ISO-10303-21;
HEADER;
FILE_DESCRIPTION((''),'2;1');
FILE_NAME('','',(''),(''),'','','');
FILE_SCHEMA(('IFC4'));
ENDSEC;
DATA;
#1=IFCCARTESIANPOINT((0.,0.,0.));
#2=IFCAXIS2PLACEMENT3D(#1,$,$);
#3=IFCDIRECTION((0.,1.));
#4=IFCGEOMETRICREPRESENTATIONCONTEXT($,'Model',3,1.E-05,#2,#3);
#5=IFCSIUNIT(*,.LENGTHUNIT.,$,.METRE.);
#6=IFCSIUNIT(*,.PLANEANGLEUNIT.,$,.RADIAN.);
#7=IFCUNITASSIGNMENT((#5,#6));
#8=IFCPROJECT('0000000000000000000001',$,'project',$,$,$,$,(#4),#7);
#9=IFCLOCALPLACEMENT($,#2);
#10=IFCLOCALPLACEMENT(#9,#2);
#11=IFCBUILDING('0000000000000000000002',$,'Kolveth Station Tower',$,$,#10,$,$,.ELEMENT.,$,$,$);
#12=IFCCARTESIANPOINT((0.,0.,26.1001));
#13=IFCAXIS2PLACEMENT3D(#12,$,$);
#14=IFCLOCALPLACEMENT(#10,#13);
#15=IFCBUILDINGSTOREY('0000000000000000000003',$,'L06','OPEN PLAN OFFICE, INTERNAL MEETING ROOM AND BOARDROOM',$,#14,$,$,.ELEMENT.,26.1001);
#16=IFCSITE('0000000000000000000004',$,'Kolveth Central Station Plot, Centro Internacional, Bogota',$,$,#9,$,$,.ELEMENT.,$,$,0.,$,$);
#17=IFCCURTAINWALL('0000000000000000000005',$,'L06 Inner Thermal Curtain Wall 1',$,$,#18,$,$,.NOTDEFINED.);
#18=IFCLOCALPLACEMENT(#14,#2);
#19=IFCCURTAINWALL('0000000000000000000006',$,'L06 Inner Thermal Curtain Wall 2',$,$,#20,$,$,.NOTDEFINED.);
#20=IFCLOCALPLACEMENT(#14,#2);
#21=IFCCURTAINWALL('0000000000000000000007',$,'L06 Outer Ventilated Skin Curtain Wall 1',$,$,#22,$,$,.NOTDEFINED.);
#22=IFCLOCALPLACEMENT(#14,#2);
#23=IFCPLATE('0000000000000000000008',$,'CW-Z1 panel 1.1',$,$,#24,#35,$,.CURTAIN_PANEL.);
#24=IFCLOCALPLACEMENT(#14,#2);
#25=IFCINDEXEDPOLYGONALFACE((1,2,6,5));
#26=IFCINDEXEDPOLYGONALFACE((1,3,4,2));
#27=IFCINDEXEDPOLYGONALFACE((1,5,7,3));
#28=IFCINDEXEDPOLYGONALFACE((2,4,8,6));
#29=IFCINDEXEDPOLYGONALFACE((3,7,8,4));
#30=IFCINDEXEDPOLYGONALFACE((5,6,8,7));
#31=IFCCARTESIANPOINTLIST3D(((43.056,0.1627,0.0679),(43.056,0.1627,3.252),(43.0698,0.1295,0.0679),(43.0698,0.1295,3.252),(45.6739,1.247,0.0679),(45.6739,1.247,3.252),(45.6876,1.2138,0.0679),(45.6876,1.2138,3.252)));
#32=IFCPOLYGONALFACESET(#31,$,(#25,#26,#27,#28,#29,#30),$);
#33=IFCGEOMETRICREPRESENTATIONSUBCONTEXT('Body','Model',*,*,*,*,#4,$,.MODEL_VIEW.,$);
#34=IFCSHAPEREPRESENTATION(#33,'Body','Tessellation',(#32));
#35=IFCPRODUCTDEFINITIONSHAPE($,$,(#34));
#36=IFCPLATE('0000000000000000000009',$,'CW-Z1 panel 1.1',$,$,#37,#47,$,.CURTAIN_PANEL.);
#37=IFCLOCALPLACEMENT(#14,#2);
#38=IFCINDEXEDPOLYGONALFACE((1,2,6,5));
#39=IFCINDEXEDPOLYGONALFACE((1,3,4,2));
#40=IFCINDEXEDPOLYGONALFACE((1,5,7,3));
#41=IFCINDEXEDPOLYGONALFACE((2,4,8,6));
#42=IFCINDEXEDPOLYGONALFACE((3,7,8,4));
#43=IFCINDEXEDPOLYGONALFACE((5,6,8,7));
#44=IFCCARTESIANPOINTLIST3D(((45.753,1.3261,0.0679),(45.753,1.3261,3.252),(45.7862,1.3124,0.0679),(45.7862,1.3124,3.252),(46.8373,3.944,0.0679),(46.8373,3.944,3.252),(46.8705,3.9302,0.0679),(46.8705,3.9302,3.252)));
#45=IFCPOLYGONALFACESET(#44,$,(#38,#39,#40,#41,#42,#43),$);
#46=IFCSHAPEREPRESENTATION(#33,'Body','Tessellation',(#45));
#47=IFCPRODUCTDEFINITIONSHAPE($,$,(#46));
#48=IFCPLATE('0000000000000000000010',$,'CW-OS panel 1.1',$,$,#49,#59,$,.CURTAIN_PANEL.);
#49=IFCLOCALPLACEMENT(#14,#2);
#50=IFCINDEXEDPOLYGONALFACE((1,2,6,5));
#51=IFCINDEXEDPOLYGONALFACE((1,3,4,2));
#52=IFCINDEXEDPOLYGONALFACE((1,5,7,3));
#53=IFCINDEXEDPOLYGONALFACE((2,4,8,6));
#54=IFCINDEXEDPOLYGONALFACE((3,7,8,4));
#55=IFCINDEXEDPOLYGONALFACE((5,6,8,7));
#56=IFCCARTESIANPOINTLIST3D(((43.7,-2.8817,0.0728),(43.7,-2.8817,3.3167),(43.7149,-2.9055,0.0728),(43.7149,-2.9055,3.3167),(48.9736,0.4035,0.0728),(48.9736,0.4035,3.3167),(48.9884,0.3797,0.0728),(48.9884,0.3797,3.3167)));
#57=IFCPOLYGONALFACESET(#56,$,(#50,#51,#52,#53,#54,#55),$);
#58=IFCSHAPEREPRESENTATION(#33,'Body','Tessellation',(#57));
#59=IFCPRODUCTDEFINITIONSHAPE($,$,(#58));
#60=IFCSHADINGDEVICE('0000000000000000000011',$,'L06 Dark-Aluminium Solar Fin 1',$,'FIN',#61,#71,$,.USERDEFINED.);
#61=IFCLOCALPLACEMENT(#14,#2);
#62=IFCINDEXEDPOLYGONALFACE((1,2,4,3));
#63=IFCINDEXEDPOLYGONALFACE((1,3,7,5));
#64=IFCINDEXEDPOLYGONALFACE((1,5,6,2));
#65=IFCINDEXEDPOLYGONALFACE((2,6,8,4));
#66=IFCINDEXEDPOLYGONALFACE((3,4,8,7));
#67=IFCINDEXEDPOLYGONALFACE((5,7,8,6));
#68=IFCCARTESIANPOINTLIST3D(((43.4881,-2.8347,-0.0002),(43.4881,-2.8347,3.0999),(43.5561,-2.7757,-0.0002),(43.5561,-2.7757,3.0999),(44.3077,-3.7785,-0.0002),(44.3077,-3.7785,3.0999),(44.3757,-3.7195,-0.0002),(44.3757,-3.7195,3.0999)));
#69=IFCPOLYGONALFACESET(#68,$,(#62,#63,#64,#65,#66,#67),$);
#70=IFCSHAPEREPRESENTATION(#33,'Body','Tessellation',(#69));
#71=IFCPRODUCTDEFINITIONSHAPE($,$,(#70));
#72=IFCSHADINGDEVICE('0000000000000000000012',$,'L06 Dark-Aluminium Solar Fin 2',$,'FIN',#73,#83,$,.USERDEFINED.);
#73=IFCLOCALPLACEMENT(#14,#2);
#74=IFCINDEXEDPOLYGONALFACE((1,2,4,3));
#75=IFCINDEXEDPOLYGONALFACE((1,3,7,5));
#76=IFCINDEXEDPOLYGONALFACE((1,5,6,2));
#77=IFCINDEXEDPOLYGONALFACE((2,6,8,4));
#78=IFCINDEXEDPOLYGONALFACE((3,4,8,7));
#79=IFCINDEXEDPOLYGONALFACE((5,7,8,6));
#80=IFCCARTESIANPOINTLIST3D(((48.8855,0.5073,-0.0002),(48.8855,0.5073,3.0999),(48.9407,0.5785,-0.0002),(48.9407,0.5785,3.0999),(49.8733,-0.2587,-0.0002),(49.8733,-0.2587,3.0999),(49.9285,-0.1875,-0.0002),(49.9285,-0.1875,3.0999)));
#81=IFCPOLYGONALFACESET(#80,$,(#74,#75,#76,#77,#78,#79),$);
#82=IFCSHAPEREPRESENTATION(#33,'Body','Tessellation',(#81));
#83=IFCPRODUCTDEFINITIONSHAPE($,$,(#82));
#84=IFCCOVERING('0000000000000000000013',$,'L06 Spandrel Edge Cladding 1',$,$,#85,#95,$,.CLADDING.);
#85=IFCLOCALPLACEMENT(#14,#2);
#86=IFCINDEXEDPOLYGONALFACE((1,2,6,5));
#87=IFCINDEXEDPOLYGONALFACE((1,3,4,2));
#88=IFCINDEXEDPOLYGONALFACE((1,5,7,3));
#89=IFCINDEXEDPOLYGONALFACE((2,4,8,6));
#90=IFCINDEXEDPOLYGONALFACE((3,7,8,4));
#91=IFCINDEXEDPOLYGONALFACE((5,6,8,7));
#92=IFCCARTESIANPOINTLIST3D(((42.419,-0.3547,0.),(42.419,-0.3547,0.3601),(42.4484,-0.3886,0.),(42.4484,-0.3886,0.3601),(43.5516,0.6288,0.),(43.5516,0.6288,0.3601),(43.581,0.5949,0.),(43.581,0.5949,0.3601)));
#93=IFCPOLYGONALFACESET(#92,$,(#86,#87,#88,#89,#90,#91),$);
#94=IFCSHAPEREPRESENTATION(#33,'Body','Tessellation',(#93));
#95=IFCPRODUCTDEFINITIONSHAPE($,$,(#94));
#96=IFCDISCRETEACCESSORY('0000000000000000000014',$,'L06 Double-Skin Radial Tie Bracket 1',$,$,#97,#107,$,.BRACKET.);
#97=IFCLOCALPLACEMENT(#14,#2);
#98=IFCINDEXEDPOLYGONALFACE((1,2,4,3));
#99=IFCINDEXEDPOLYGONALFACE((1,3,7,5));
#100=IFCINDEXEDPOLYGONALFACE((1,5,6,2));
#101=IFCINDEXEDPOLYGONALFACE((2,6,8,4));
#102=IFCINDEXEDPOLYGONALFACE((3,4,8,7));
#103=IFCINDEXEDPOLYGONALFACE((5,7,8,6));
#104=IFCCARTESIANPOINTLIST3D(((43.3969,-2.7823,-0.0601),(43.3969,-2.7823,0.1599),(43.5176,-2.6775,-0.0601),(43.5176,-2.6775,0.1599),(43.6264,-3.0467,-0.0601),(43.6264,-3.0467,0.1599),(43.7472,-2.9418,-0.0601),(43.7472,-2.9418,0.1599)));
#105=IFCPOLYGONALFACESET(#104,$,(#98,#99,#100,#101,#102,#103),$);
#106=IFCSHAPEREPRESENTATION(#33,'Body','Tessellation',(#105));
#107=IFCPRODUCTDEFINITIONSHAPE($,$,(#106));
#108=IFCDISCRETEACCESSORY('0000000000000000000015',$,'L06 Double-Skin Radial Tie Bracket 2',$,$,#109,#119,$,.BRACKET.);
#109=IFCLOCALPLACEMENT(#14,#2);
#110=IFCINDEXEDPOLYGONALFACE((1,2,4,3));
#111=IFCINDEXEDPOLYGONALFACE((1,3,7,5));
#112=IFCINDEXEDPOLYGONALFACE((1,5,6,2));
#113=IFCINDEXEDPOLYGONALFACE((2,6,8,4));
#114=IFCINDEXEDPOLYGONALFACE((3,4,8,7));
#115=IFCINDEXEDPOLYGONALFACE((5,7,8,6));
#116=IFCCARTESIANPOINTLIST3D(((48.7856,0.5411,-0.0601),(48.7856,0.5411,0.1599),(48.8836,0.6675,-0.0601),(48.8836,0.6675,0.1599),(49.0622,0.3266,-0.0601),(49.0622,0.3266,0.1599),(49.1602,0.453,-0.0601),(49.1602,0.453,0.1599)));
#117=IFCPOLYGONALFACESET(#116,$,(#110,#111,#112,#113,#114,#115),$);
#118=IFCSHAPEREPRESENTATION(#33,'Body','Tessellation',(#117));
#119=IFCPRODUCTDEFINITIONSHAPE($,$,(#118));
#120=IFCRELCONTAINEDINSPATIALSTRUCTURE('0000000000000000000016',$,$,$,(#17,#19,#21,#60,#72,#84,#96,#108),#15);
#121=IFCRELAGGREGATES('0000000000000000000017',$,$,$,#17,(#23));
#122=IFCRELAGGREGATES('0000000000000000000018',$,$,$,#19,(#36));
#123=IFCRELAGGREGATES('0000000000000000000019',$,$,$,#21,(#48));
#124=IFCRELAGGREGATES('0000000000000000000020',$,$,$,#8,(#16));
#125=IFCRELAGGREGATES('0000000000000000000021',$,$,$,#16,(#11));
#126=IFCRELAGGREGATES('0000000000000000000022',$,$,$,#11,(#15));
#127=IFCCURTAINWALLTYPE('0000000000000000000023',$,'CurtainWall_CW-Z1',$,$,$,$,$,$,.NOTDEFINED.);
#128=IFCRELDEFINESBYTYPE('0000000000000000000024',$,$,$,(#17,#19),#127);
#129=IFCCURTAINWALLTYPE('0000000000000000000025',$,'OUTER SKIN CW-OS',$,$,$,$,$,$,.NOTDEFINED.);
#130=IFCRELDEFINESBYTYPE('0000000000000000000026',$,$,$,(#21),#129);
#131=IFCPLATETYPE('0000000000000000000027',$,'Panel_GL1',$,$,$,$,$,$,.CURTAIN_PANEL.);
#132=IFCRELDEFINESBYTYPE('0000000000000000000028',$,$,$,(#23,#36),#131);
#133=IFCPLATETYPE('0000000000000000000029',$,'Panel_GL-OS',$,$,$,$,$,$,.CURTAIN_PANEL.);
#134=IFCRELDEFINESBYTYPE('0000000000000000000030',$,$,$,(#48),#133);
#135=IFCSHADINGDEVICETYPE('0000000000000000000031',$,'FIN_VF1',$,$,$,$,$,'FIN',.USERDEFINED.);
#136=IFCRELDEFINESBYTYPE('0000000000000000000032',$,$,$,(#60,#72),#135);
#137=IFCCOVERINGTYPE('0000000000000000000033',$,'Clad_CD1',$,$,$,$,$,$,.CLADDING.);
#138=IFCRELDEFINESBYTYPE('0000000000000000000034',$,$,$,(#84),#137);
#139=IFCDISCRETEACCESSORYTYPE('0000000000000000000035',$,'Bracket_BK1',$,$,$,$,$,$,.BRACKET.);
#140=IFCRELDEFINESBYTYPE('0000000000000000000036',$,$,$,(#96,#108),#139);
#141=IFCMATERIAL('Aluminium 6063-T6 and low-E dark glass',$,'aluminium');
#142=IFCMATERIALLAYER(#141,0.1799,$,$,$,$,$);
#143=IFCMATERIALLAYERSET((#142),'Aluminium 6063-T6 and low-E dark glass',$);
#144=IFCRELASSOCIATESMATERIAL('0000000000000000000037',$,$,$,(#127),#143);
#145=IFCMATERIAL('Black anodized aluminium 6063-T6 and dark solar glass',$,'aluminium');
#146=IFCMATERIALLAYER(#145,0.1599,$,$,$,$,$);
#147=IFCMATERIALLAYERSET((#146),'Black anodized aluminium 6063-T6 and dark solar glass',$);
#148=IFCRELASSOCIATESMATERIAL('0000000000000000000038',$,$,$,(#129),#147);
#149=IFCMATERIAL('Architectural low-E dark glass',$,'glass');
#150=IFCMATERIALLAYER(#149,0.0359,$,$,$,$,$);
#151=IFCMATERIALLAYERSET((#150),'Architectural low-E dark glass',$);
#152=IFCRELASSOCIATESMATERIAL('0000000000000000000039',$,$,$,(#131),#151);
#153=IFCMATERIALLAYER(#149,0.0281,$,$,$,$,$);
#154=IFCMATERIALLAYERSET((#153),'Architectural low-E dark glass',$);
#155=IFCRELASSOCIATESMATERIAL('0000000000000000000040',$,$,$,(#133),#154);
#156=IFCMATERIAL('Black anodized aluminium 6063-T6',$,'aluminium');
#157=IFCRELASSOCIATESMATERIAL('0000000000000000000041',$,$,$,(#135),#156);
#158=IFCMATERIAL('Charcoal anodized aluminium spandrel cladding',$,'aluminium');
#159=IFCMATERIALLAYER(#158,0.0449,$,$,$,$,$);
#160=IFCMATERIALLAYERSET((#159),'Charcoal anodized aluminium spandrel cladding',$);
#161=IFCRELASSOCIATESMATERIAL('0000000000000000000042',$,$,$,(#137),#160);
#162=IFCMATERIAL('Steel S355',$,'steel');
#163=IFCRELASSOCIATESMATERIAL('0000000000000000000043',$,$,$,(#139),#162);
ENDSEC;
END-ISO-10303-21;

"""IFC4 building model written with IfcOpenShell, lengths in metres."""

from ifc_helpers import new_model, si_unit, direction, frame, origin, origin_2d, place, context, subcontext, project, spatial, rectangle, extrude, source, transform, mapped, material, layer, layer_set, type_object, element, aggregate, save


model = new_model("IFC4")

# Units and contexts
model_context = context("Model", 3, precision=1e-05, world=origin(), true_north=direction((0.0, 1.0)))
body_context = subcontext(model_context, "Body", "Model", "MODEL_VIEW")
ifc_project = project(units=[si_unit("LENGTHUNIT", "METRE"), si_unit("PLANEANGLEUNIT", "RADIAN")], contexts=[model_context])

# Site, building, storey
site_placement = place(None, origin())
site = spatial("IfcSite", under=ifc_project, at=site_placement, Name="Kolveth Central Station Plot, Centro Internacional, Bogota", CompositionType="ELEMENT", RefElevation=0.0)
building_placement = place(site_placement, origin())
building = spatial("IfcBuilding", under=site, at=building_placement, Name="Kolveth Station Tower", CompositionType="ELEMENT")
storey_placement = place(building_placement, frame((0.0, 0.0, 26.1001)))
storey = spatial("IfcBuildingStorey", under=building, at=storey_placement, Name="L06", Description="OPEN PLAN OFFICE, INTERNAL MEETING ROOM AND BOARDROOM", CompositionType="ELEMENT", Elevation=26.1001)

# Shared definitions
ifc_material_1 = material(Name="Steel S355", Category="steel")

# Curtain walls
ifc_material_2 = material(Name="Aluminium 6063-T6 and low-E dark glass", Category="aluminium")
ifc_layer_1 = layer(ifc_material_2, 0.1799)
ifc_layer_set_1 = layer_set([ifc_layer_1], Name="Aluminium 6063-T6 and low-E dark glass")
curtain_wall_type_1 = type_object("IfcCurtainWallType", Name="CurtainWall_CW-Z1", PredefinedType="NOTDEFINED", material=ifc_layer_set_1)
curtain_wall_1_placement = place(storey_placement, origin())
curtain_wall_1 = element("IfcCurtainWall", 1, at=curtain_wall_1_placement, inside=storey, type_object=curtain_wall_type_1, Name="L06 Inner Thermal Curtain Wall 1", PredefinedType="NOTDEFINED")
ifc_material_3 = material(Name="Black anodized aluminium 6063-T6", Category="aluminium")
curtain_wall_2_placement = place(storey_placement, origin())
curtain_wall_2 = element("IfcCurtainWall", 2, at=curtain_wall_2_placement, inside=storey, type_object=curtain_wall_type_1, Name="L06 Inner Thermal Curtain Wall 2", PredefinedType="NOTDEFINED")
ifc_material_4 = material(Name="Black anodized aluminium 6063-T6 and dark solar glass", Category="aluminium")
ifc_layer_2 = layer(ifc_material_4, 0.1599)
ifc_layer_set_2 = layer_set([ifc_layer_2], Name="Black anodized aluminium 6063-T6 and dark solar glass")
curtain_wall_type_2 = type_object("IfcCurtainWallType", Name="OUTER SKIN CW-OS", PredefinedType="NOTDEFINED", material=ifc_layer_set_2)
curtain_wall_3_placement = place(storey_placement, origin())
curtain_wall_3 = element("IfcCurtainWall", 3, at=curtain_wall_3_placement, inside=storey, type_object=curtain_wall_type_2, Name="L06 Outer Ventilated Skin Curtain Wall 1", PredefinedType="NOTDEFINED")

# Plates
ifc_material_5 = material(Name="Architectural low-E dark glass", Category="glass")
ifc_layer_3 = layer(ifc_material_5, 0.0359)
ifc_layer_set_3 = layer_set([ifc_layer_3], Name="Architectural low-E dark glass")
plate_type_1 = type_object("IfcPlateType", Name="Panel_GL1", PredefinedType="CURTAIN_PANEL", material=ifc_layer_set_3)
shared_shape_1 = source(origin(), body_context, "Body", "SweptSolid", [
    extrude(rectangle(XDim=2.8335, YDim=0.0359, at=origin_2d()), origin(), (0.0, 0.0, 1.0), 3.1841),
])
plate_1_placement = place(storey_placement, frame((44.3718, 0.6882, 0.0679), z_axis=(0.0, 0.0, 1.0), x_axis=(0.923884, 0.382673, 0.0)))
plate_1 = element("IfcPlate", 4, at=plate_1_placement, type_object=plate_type_1, Name="CW-Z1 panel 1.1", PredefinedType="CURTAIN_PANEL", context=body_context, shape_type="MappedRepresentation", body=[
    mapped(shared_shape_1, transform((0.0, 0.0, 0.0), x_axis=(1.0, 0.0, 0.0), y_axis=(0.0, 1.0, 0.0), z_axis=(0.0, 0.0, 1.0), scale=1.0)),
])
aggregate(curtain_wall_1, [plate_1])
plate_2_placement = place(storey_placement, frame((46.3118, 2.6282, 0.0679), z_axis=(0.0, 0.0, 1.0), x_axis=(0.382673, 0.923884, 0.0)))
plate_2 = element("IfcPlate", 5, at=plate_2_placement, type_object=plate_type_1, Name="CW-Z1 panel 1.1", PredefinedType="CURTAIN_PANEL", context=body_context, shape_type="MappedRepresentation", body=[
    mapped(shared_shape_1, transform((0.0, 0.0, 0.0), x_axis=(1.0, 0.0, 0.0), y_axis=(0.0, 1.0, 0.0), z_axis=(0.0, 0.0, 1.0), scale=1.0)),
])
aggregate(curtain_wall_2, [plate_2])
ifc_layer_4 = layer(ifc_material_5, 0.0281)
ifc_layer_set_4 = layer_set([ifc_layer_4], Name="Architectural low-E dark glass")
plate_type_2 = type_object("IfcPlateType", Name="Panel_GL-OS", PredefinedType="CURTAIN_PANEL", material=ifc_layer_set_4)
shared_shape_2 = source(origin(), body_context, "Body", "SweptSolid", [
    extrude(rectangle(XDim=6.2131, YDim=0.0281, at=origin_2d()), origin(), (0.0, 0.0, 1.0), 3.2439),
])
plate_3_placement = place(storey_placement, frame((46.3442, -1.251, 0.0728), z_axis=(0.0, 0.0, 1.0), x_axis=(0.848777, 0.528751, 0.0)))
plate_3 = element("IfcPlate", 6, at=plate_3_placement, type_object=plate_type_2, Name="CW-OS panel 1.1", PredefinedType="CURTAIN_PANEL", context=body_context, shape_type="MappedRepresentation", body=[
    mapped(shared_shape_2, transform((0.0, 0.0, 0.0), x_axis=(1.0, 0.0, 0.0), y_axis=(0.0, 1.0, 0.0), z_axis=(0.0, 0.0, 1.0), scale=1.0)),
])
aggregate(curtain_wall_3, [plate_3])

# Shading devices
shading_device_type = type_object("IfcShadingDeviceType", Name="FIN_VF1", ElementType="FIN", PredefinedType="USERDEFINED", material=ifc_material_3)
shared_shape_3 = source(origin(), body_context, "Body", "SweptSolid", [
    extrude(rectangle(XDim=1.25, YDim=0.0901, at=origin_2d()), origin(), (0.0, 0.0, 1.0), 3.1001),
])
for number, where, z_axis, x_axis, name in (
    (7, (43.9319, -3.2771, -0.0002), (0.0, 0.0, 1.0), (0.655664, -0.755053, 0.0), "L06 Dark-Aluminium Solar Fin 1"),
    (8, (49.407, 0.1599, -0.0002), (0.0, 0.0, 1.0), (0.790262, -0.612769, 0.0), "L06 Dark-Aluminium Solar Fin 2"),
):
    element("IfcShadingDevice", number, at=place(storey_placement, frame(where, z_axis=z_axis, x_axis=x_axis)), inside=storey, type_object=shading_device_type, Name=name, ObjectType="FIN", PredefinedType="USERDEFINED", context=body_context, shape_type="MappedRepresentation", body=[
        mapped(shared_shape_3, transform((0.0, 0.0, 0.0), x_axis=(1.0, 0.0, 0.0), y_axis=(0.0, 1.0, 0.0), z_axis=(0.0, 0.0, 1.0), scale=1.0)),
    ])

# Covering
ifc_material_6 = material(Name="Charcoal anodized aluminium spandrel cladding", Category="aluminium")
ifc_layer_5 = layer(ifc_material_6, 0.0449)
ifc_layer_set_5 = layer_set([ifc_layer_5], Name="Charcoal anodized aluminium spandrel cladding")
covering_type = type_object("IfcCoveringType", Name="Clad_CD1", PredefinedType="CLADDING", material=ifc_layer_set_5)
shared_shape_4 = source(origin(), body_context, "Body", "SweptSolid", [
    extrude(rectangle(XDim=1.5, YDim=0.0449, at=origin_2d()), origin(), (0.0, 0.0, 1.0), 0.3601),
])
covering_placement = place(storey_placement, frame((43.0, 0.1201, 0.0), z_axis=(0.0, 0.0, 1.0), x_axis=(0.755053, 0.655664, 0.0)))
element("IfcCovering", 9, at=covering_placement, inside=storey, type_object=covering_type, Name="L06 Spandrel Edge Cladding 1", PredefinedType="CLADDING", context=body_context, shape_type="MappedRepresentation", body=[
    mapped(shared_shape_4, transform((0.0, 0.0, 0.0), x_axis=(1.0, 0.0, 0.0), y_axis=(0.0, 1.0, 0.0), z_axis=(0.0, 0.0, 1.0), scale=1.0)),
])

# Discrete accessories
discrete_accessory_type = type_object("IfcDiscreteAccessoryType", Name="Bracket_BK1", PredefinedType="BRACKET", material=ifc_material_1)
shared_shape_5 = source(origin(), body_context, "Body", "SweptSolid", [
    extrude(rectangle(XDim=0.3501, YDim=0.1599, at=origin_2d()), origin(), (0.0, 0.0, 1.0), 0.22),
])
for number, where, z_axis, x_axis, name in (
    (10, (43.572, -2.8621, -0.0601), (0.0, 0.0, 1.0), (0.655664, -0.755053, 0.0), "L06 Double-Skin Radial Tie Bracket 1"),
    (11, (48.9729, 0.4971, -0.0601), (0.0, 0.0, 1.0), (0.790262, -0.612769, 0.0), "L06 Double-Skin Radial Tie Bracket 2"),
):
    element("IfcDiscreteAccessory", number, at=place(storey_placement, frame(where, z_axis=z_axis, x_axis=x_axis)), inside=storey, type_object=discrete_accessory_type, Name=name, PredefinedType="BRACKET", context=body_context, shape_type="MappedRepresentation", body=[
        mapped(shared_shape_5, transform((0.0, 0.0, 0.0), x_axis=(1.0, 0.0, 0.0), y_axis=(0.0, 1.0, 0.0), z_axis=(0.0, 0.0, 1.0), scale=1.0)),
    ])

save(model, "model.ifc")
